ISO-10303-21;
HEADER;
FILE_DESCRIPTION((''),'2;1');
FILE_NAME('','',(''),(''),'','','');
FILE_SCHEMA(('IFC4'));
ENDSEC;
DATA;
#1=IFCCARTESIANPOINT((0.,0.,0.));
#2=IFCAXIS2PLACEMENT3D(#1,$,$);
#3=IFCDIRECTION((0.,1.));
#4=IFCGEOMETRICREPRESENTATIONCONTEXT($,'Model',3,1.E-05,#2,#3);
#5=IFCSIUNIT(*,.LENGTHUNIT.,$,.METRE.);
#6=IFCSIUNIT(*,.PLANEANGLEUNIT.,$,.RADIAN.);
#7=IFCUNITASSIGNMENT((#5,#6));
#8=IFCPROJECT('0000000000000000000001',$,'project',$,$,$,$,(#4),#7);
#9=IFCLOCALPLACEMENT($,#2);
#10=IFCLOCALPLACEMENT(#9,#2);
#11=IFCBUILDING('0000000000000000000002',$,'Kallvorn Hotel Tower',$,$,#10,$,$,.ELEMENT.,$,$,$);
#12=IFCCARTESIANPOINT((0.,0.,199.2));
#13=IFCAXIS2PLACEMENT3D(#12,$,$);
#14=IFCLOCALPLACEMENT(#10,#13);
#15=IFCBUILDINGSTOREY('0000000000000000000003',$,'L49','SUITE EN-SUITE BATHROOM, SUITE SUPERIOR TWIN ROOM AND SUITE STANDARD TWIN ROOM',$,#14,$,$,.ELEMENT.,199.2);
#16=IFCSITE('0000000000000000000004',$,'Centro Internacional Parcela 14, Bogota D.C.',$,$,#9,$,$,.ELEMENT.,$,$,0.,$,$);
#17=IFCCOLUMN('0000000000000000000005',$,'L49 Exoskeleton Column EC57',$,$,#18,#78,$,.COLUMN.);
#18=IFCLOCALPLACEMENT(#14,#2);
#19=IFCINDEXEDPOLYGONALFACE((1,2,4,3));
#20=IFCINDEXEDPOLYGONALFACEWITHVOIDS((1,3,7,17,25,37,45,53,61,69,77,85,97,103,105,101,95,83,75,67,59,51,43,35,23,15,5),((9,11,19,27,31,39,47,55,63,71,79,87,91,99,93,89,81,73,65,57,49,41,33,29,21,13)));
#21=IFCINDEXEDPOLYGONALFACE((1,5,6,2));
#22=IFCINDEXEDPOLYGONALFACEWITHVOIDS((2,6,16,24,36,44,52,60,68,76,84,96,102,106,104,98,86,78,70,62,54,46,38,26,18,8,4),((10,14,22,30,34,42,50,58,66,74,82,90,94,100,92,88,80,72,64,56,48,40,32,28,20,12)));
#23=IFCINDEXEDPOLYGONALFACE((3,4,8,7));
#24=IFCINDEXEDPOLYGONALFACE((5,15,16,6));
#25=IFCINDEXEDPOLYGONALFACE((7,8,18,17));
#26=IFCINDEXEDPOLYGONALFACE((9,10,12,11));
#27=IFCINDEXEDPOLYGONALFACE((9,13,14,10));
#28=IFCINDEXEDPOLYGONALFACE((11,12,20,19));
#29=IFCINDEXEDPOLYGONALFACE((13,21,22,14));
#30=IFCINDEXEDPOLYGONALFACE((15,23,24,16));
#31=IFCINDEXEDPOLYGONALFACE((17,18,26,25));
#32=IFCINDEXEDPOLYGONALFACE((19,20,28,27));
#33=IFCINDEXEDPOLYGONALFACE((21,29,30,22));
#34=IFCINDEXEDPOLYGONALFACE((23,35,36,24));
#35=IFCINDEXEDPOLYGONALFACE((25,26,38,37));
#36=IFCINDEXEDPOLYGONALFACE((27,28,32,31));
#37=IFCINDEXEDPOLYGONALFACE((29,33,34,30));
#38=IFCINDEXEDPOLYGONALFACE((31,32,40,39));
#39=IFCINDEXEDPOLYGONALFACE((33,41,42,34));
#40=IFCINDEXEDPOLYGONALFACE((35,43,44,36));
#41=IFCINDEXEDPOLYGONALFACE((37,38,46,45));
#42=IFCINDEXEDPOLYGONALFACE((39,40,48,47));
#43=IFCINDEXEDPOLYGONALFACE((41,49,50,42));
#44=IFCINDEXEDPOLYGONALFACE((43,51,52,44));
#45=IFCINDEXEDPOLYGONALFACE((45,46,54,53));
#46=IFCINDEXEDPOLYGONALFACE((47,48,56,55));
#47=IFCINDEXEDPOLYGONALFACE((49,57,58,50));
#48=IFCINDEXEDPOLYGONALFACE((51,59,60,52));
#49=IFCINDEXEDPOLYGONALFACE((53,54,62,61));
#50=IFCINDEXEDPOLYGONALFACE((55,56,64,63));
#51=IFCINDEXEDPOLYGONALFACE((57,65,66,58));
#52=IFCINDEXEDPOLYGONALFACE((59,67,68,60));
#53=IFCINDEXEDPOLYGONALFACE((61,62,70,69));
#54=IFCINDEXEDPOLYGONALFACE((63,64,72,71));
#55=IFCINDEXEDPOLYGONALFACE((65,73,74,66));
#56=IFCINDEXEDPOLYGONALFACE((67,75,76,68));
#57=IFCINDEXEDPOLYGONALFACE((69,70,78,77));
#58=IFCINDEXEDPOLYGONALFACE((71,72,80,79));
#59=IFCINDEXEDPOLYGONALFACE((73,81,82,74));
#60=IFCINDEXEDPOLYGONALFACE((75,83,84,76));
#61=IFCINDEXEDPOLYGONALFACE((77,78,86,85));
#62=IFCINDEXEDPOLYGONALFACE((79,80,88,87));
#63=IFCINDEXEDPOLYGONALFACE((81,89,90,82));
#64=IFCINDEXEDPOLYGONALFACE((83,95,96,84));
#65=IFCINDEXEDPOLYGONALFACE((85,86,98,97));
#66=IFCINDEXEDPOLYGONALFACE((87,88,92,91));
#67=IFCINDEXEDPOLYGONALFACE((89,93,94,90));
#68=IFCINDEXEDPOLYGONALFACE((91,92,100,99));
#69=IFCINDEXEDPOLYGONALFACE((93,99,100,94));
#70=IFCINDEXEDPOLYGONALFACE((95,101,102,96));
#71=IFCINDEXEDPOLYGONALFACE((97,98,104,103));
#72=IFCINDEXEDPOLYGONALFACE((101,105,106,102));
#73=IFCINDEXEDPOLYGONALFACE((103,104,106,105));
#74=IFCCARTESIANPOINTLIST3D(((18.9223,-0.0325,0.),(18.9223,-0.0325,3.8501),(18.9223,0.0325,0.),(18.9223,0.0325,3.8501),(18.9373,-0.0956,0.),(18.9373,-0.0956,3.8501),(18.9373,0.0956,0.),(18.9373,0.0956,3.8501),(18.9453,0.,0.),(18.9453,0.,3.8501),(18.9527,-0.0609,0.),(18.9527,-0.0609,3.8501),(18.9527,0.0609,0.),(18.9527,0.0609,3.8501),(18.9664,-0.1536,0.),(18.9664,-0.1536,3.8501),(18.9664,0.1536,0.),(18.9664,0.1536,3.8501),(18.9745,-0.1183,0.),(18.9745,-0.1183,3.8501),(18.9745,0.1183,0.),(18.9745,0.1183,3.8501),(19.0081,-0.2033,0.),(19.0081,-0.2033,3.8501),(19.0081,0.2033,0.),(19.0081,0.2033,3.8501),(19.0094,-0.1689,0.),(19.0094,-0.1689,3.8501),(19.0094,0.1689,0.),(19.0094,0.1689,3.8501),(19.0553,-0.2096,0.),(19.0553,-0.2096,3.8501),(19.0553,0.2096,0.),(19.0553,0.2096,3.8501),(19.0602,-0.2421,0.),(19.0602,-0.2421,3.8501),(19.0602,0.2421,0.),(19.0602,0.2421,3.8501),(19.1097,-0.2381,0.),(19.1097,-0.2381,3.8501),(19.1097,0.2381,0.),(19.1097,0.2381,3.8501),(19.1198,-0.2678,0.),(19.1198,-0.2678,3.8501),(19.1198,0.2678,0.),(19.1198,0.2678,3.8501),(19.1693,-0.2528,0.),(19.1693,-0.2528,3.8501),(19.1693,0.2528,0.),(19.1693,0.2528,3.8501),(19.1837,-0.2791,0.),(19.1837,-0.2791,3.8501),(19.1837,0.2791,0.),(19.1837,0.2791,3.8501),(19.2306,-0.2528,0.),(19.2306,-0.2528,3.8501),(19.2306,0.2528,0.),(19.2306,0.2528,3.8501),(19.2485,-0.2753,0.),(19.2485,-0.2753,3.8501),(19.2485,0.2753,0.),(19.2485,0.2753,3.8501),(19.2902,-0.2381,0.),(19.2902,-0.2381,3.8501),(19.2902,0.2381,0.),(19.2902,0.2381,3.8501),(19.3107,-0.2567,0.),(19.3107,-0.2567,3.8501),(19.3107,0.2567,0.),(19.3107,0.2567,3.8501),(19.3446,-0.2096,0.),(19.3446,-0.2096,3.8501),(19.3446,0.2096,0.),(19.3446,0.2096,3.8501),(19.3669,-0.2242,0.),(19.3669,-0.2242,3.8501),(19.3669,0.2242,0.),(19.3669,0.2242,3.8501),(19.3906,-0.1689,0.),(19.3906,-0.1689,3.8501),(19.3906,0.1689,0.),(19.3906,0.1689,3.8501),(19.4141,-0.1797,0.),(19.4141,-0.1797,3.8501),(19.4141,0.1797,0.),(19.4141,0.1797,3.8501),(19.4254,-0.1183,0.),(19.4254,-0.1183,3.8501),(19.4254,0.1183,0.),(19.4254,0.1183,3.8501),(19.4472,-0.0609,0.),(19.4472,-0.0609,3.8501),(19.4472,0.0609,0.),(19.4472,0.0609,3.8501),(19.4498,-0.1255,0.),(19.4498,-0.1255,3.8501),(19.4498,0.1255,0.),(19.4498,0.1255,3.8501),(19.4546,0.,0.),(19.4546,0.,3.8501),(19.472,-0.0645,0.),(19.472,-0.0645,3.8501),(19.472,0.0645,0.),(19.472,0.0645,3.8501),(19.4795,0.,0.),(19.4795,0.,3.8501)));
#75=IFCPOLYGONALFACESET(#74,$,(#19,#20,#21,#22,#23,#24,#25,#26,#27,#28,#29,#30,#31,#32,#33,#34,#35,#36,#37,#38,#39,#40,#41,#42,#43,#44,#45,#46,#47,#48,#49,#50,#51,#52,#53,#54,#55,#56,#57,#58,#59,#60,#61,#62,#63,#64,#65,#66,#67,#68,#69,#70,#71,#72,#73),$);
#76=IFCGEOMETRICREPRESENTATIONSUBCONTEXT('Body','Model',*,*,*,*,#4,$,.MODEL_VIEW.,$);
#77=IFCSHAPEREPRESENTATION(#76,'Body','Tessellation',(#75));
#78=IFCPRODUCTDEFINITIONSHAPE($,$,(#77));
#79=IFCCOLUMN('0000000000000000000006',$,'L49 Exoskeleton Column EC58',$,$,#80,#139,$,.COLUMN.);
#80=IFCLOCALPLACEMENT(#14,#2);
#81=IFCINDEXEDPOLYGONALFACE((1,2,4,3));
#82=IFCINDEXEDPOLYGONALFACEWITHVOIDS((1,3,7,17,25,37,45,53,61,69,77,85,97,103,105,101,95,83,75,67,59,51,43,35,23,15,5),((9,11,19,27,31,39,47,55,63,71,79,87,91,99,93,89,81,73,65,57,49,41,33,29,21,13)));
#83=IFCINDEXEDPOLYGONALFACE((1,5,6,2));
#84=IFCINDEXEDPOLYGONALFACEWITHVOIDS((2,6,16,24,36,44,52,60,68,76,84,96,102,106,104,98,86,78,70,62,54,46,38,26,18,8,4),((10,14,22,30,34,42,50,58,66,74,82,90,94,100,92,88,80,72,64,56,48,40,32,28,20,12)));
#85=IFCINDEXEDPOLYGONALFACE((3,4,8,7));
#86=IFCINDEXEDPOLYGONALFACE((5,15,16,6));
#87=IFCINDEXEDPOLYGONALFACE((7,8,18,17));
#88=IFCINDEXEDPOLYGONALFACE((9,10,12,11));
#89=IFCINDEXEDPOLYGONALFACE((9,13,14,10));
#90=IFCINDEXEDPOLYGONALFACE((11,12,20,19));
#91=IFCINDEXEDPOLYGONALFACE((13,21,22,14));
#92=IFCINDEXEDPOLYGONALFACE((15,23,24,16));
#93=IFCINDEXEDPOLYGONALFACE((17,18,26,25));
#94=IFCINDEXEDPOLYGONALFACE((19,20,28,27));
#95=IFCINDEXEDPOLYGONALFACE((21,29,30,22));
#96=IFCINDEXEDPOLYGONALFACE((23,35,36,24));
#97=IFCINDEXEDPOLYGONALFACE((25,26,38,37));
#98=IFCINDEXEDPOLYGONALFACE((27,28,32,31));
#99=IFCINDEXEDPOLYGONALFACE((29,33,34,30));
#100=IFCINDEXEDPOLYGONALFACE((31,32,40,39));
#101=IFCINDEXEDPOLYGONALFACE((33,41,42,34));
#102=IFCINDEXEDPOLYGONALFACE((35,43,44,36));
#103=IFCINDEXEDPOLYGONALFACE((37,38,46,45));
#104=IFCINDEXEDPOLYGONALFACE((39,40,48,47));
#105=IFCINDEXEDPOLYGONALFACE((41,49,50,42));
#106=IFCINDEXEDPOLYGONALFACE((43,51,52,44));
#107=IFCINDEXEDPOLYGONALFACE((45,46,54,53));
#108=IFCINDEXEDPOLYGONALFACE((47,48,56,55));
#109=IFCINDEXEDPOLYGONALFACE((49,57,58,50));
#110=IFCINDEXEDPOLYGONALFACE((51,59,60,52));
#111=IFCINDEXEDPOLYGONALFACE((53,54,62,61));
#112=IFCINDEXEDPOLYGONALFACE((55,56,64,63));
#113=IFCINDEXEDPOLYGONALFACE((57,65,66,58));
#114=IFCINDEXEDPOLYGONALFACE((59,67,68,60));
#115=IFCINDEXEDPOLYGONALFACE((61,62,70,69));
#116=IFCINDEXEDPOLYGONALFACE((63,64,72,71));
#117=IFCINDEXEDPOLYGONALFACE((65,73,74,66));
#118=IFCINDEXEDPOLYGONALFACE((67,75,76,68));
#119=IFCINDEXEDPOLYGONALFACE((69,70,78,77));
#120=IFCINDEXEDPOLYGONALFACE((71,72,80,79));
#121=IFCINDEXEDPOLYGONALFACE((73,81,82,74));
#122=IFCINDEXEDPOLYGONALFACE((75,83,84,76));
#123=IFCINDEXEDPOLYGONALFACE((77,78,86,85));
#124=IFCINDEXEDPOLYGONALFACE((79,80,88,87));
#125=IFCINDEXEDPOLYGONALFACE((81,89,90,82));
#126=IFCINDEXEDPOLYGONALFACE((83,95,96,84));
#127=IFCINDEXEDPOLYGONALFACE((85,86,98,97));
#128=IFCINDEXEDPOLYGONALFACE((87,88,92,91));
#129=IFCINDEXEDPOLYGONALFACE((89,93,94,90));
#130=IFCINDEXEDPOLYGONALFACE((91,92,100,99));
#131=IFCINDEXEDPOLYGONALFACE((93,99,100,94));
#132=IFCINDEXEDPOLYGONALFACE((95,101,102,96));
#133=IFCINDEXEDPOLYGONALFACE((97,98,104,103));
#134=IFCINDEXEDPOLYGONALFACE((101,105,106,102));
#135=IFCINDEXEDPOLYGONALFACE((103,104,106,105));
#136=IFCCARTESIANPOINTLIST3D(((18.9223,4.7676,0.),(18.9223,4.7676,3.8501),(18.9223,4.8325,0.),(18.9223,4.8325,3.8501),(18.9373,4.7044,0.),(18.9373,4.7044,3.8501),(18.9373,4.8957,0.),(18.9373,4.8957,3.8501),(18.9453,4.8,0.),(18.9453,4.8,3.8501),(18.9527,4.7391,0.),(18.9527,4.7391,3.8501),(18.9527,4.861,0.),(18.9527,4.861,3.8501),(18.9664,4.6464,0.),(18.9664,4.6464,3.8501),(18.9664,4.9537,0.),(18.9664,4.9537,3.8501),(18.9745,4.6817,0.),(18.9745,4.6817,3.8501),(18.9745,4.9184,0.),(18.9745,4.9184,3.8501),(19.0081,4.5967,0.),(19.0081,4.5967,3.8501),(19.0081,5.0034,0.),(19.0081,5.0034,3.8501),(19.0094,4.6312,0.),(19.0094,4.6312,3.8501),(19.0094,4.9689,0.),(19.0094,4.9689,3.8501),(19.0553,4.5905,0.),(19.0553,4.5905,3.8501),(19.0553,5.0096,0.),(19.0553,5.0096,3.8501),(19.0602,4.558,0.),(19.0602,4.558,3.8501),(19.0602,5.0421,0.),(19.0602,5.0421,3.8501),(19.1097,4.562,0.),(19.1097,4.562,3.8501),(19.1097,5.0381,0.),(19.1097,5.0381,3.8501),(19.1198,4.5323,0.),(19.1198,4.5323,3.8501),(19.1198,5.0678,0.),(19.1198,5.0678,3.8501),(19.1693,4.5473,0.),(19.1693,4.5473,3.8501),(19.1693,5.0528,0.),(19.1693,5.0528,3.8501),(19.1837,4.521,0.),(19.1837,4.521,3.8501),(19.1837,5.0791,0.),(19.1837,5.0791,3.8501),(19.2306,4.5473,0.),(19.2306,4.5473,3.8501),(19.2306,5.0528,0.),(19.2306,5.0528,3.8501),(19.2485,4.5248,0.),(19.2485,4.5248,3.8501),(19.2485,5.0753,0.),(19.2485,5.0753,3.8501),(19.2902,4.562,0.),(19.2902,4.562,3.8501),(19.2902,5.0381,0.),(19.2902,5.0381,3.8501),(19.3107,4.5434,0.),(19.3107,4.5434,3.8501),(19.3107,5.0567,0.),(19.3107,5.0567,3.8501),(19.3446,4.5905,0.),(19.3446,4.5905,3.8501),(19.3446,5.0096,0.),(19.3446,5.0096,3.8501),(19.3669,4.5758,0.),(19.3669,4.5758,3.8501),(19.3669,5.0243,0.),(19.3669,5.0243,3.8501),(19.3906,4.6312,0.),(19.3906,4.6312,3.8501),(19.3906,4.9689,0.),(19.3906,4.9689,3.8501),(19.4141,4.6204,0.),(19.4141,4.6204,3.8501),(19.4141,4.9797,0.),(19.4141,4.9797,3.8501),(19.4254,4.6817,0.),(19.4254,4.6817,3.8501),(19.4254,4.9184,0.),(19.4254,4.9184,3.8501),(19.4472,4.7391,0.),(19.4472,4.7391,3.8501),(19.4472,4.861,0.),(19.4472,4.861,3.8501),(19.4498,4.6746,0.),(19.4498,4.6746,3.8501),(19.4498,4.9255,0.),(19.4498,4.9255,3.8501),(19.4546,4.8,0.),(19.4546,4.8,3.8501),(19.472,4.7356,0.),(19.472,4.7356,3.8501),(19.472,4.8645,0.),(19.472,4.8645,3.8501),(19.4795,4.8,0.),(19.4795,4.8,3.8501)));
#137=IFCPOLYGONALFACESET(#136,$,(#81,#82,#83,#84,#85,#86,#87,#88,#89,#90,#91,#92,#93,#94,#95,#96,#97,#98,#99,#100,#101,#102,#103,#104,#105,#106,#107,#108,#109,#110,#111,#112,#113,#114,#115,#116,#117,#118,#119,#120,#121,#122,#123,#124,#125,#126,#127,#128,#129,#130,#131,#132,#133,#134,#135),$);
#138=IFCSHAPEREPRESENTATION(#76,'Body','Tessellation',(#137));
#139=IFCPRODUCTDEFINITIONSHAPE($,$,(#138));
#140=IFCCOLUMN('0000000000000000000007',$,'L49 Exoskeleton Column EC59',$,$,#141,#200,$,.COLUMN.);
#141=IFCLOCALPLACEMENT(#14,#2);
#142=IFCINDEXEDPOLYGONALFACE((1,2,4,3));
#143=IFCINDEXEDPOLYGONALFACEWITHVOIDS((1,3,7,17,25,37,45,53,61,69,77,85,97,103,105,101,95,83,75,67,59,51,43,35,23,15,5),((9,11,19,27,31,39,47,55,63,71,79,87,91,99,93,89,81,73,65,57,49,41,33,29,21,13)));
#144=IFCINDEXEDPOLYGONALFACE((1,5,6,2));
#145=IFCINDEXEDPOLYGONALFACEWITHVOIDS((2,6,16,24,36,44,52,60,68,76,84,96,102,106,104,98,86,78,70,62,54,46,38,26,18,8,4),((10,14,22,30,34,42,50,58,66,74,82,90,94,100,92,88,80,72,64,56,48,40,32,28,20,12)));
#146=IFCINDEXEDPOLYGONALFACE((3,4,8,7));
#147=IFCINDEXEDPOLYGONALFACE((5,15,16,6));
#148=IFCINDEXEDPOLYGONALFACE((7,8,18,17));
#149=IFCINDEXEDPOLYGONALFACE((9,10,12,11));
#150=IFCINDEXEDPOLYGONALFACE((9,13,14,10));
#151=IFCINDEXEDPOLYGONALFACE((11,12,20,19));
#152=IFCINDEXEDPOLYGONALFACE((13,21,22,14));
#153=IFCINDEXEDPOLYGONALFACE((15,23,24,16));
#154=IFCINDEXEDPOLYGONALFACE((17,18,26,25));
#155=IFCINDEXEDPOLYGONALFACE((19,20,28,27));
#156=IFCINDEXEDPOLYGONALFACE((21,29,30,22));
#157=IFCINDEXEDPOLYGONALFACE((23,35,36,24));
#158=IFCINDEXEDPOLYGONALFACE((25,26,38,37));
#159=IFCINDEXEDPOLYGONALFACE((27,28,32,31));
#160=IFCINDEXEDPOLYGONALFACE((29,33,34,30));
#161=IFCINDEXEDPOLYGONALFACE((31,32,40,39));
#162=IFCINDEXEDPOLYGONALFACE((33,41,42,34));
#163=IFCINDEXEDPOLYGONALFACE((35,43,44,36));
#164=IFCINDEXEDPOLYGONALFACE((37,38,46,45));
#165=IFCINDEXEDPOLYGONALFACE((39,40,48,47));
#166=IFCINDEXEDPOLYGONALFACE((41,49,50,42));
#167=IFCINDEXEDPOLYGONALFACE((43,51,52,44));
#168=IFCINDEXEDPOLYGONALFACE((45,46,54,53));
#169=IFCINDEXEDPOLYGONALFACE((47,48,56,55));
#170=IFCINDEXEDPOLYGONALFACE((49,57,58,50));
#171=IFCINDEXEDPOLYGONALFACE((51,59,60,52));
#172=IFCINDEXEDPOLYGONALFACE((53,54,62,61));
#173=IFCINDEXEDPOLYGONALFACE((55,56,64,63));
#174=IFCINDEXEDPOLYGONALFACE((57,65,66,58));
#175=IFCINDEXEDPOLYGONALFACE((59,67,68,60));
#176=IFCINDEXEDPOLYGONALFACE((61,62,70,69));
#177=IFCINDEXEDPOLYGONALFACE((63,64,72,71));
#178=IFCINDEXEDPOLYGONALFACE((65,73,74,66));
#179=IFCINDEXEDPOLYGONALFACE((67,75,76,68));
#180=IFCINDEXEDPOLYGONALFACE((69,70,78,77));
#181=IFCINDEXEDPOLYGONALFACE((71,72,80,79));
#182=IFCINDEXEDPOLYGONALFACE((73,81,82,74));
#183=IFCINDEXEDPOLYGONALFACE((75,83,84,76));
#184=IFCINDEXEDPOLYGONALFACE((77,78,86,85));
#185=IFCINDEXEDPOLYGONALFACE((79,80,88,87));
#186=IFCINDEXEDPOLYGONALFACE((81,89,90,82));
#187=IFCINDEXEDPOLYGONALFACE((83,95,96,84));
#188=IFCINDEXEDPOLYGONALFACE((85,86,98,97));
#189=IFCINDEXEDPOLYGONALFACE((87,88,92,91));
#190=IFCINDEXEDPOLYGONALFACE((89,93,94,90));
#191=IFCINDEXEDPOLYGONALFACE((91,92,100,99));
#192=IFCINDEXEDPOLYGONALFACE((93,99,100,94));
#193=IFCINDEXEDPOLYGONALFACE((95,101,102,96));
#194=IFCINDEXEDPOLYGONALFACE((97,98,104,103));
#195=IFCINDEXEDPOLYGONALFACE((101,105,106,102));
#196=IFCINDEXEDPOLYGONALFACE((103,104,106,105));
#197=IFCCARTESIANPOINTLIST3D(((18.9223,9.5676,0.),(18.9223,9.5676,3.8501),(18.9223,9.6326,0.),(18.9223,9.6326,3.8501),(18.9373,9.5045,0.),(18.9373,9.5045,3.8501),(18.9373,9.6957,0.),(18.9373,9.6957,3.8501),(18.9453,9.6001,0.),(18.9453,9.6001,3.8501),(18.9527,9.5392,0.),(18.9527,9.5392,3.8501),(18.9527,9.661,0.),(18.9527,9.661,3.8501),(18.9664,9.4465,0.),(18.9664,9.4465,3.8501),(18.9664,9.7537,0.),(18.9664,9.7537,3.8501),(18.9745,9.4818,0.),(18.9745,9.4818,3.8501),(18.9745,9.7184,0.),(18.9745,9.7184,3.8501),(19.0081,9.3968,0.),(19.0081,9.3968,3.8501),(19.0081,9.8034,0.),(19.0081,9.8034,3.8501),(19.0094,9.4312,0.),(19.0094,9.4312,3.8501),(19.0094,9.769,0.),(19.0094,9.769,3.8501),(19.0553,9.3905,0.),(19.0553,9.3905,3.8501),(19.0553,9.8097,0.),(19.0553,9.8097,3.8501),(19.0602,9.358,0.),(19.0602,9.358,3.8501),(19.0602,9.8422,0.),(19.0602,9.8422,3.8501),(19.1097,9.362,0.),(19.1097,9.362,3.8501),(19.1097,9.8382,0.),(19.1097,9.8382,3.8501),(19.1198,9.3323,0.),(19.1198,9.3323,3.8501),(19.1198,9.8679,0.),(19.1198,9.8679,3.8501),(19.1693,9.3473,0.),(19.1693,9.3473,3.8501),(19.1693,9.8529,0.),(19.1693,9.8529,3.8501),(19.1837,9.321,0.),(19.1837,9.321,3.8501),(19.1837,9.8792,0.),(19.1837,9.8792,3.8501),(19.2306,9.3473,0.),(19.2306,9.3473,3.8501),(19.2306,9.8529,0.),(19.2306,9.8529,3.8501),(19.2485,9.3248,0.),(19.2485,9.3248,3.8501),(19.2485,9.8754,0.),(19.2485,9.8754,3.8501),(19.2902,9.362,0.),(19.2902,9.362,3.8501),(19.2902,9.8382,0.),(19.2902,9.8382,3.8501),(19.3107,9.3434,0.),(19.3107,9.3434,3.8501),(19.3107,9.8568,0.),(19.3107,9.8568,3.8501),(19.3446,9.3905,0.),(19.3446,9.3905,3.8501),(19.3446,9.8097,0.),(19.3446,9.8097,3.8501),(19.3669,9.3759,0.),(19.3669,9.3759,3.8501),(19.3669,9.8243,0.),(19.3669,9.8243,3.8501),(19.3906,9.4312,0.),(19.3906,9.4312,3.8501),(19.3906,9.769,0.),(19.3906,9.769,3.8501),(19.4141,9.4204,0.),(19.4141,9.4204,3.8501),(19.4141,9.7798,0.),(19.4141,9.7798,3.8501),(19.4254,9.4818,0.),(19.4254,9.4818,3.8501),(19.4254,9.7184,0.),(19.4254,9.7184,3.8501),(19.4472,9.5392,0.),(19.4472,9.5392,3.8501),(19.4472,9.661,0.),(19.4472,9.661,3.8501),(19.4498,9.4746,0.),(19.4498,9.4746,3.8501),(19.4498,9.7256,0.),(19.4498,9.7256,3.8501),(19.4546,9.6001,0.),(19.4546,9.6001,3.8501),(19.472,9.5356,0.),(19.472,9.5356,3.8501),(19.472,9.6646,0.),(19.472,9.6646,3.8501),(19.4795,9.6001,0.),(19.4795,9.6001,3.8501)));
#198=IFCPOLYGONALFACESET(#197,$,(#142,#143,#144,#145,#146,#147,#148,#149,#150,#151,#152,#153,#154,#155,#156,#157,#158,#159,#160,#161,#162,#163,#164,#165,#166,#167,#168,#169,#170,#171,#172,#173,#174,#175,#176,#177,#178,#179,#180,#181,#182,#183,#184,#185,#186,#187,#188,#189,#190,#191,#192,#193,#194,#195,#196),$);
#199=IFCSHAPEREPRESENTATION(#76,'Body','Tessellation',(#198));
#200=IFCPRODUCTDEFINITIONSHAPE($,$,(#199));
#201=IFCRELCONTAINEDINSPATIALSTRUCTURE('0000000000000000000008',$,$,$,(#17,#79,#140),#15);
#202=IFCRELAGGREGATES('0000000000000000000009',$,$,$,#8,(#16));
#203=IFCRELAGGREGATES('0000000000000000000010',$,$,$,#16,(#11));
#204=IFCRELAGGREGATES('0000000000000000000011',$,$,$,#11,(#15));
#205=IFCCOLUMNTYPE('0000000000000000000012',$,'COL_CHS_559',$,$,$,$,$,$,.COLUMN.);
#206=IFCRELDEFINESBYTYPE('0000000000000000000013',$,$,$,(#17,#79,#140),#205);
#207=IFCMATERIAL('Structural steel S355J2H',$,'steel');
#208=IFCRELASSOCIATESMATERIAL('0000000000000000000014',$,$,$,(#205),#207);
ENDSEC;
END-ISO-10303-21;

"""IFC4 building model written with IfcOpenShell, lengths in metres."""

from ifc_helpers import new_model, si_unit, direction, frame, origin, origin_2d, place, context, subcontext, project, spatial, hollow_circle, extrude, material, material_profile, profile_set, type_object, element, save


model = new_model("IFC4")

# Units and contexts
model_context = context("Model", 3, precision=1e-05, world=origin(), true_north=direction((0.0, 1.0)))
body_context = subcontext(model_context, "Body", "Model", "MODEL_VIEW")
ifc_project = project(units=[si_unit("LENGTHUNIT", "METRE"), si_unit("PLANEANGLEUNIT", "RADIAN")], contexts=[model_context])

# Site, building, storey
site_placement = place(None, origin())
site = spatial("IfcSite", under=ifc_project, at=site_placement, Name="Centro Internacional Parcela 14, Bogota D.C.", CompositionType="ELEMENT", RefElevation=0.0)
building_placement = place(site_placement, origin())
building = spatial("IfcBuilding", under=site, at=building_placement, Name="Kallvorn Hotel Tower", CompositionType="ELEMENT")
storey_placement = place(building_placement, frame((0.0, 0.0, 199.2)))
storey = spatial("IfcBuildingStorey", under=building, at=storey_placement, Name="L49", Description="SUITE EN-SUITE BATHROOM, SUITE SUPERIOR TWIN ROOM AND SUITE STANDARD TWIN ROOM", CompositionType="ELEMENT", Elevation=199.2)

# Columns
ifc_material_1 = material(Name="Structural steel S355J2H", Category="steel")
ifc_material_profile_1 = material_profile(ifc_material_1, hollow_circle(Radius=0.2795, WallThickness=0.0249, at=origin_2d()), Name="CHS 559x25")
ifc_profile_set_1 = profile_set([ifc_material_profile_1], Name="Structural steel S355J2H")
column_type_1 = type_object("IfcColumnType", Name="COL_CHS_559", PredefinedType="COLUMN", material=ifc_profile_set_1)
for number, where, z_axis, x_axis, name in (
    (1, (19.2, 0.0, 0.0), (0.0, 0.0, 1.0), (1.0, 0.0, 0.0), "L49 Exoskeleton Column EC57"),
    (2, (19.2, 4.8, 0.0), (0.0, 0.0, 1.0), (1.0, 0.0, 0.0), "L49 Exoskeleton Column EC58"),
    (3, (19.2, 9.6001, 0.0), (0.0, 0.0, 1.0), (1.0, 0.0, 0.0), "L49 Exoskeleton Column EC59"),
):
    element("IfcColumn", number, at=place(storey_placement, frame(where, z_axis=z_axis, x_axis=x_axis)), inside=storey, type_object=column_type_1, Name=name, PredefinedType="COLUMN", context=body_context, shape_type="SweptSolid", body=[
        extrude(hollow_circle(Radius=0.2795, WallThickness=0.0249, at=origin_2d()), origin(), (0.0, 0.0, 1.0), 3.8501),
    ])

save(model, "model.ifc")
